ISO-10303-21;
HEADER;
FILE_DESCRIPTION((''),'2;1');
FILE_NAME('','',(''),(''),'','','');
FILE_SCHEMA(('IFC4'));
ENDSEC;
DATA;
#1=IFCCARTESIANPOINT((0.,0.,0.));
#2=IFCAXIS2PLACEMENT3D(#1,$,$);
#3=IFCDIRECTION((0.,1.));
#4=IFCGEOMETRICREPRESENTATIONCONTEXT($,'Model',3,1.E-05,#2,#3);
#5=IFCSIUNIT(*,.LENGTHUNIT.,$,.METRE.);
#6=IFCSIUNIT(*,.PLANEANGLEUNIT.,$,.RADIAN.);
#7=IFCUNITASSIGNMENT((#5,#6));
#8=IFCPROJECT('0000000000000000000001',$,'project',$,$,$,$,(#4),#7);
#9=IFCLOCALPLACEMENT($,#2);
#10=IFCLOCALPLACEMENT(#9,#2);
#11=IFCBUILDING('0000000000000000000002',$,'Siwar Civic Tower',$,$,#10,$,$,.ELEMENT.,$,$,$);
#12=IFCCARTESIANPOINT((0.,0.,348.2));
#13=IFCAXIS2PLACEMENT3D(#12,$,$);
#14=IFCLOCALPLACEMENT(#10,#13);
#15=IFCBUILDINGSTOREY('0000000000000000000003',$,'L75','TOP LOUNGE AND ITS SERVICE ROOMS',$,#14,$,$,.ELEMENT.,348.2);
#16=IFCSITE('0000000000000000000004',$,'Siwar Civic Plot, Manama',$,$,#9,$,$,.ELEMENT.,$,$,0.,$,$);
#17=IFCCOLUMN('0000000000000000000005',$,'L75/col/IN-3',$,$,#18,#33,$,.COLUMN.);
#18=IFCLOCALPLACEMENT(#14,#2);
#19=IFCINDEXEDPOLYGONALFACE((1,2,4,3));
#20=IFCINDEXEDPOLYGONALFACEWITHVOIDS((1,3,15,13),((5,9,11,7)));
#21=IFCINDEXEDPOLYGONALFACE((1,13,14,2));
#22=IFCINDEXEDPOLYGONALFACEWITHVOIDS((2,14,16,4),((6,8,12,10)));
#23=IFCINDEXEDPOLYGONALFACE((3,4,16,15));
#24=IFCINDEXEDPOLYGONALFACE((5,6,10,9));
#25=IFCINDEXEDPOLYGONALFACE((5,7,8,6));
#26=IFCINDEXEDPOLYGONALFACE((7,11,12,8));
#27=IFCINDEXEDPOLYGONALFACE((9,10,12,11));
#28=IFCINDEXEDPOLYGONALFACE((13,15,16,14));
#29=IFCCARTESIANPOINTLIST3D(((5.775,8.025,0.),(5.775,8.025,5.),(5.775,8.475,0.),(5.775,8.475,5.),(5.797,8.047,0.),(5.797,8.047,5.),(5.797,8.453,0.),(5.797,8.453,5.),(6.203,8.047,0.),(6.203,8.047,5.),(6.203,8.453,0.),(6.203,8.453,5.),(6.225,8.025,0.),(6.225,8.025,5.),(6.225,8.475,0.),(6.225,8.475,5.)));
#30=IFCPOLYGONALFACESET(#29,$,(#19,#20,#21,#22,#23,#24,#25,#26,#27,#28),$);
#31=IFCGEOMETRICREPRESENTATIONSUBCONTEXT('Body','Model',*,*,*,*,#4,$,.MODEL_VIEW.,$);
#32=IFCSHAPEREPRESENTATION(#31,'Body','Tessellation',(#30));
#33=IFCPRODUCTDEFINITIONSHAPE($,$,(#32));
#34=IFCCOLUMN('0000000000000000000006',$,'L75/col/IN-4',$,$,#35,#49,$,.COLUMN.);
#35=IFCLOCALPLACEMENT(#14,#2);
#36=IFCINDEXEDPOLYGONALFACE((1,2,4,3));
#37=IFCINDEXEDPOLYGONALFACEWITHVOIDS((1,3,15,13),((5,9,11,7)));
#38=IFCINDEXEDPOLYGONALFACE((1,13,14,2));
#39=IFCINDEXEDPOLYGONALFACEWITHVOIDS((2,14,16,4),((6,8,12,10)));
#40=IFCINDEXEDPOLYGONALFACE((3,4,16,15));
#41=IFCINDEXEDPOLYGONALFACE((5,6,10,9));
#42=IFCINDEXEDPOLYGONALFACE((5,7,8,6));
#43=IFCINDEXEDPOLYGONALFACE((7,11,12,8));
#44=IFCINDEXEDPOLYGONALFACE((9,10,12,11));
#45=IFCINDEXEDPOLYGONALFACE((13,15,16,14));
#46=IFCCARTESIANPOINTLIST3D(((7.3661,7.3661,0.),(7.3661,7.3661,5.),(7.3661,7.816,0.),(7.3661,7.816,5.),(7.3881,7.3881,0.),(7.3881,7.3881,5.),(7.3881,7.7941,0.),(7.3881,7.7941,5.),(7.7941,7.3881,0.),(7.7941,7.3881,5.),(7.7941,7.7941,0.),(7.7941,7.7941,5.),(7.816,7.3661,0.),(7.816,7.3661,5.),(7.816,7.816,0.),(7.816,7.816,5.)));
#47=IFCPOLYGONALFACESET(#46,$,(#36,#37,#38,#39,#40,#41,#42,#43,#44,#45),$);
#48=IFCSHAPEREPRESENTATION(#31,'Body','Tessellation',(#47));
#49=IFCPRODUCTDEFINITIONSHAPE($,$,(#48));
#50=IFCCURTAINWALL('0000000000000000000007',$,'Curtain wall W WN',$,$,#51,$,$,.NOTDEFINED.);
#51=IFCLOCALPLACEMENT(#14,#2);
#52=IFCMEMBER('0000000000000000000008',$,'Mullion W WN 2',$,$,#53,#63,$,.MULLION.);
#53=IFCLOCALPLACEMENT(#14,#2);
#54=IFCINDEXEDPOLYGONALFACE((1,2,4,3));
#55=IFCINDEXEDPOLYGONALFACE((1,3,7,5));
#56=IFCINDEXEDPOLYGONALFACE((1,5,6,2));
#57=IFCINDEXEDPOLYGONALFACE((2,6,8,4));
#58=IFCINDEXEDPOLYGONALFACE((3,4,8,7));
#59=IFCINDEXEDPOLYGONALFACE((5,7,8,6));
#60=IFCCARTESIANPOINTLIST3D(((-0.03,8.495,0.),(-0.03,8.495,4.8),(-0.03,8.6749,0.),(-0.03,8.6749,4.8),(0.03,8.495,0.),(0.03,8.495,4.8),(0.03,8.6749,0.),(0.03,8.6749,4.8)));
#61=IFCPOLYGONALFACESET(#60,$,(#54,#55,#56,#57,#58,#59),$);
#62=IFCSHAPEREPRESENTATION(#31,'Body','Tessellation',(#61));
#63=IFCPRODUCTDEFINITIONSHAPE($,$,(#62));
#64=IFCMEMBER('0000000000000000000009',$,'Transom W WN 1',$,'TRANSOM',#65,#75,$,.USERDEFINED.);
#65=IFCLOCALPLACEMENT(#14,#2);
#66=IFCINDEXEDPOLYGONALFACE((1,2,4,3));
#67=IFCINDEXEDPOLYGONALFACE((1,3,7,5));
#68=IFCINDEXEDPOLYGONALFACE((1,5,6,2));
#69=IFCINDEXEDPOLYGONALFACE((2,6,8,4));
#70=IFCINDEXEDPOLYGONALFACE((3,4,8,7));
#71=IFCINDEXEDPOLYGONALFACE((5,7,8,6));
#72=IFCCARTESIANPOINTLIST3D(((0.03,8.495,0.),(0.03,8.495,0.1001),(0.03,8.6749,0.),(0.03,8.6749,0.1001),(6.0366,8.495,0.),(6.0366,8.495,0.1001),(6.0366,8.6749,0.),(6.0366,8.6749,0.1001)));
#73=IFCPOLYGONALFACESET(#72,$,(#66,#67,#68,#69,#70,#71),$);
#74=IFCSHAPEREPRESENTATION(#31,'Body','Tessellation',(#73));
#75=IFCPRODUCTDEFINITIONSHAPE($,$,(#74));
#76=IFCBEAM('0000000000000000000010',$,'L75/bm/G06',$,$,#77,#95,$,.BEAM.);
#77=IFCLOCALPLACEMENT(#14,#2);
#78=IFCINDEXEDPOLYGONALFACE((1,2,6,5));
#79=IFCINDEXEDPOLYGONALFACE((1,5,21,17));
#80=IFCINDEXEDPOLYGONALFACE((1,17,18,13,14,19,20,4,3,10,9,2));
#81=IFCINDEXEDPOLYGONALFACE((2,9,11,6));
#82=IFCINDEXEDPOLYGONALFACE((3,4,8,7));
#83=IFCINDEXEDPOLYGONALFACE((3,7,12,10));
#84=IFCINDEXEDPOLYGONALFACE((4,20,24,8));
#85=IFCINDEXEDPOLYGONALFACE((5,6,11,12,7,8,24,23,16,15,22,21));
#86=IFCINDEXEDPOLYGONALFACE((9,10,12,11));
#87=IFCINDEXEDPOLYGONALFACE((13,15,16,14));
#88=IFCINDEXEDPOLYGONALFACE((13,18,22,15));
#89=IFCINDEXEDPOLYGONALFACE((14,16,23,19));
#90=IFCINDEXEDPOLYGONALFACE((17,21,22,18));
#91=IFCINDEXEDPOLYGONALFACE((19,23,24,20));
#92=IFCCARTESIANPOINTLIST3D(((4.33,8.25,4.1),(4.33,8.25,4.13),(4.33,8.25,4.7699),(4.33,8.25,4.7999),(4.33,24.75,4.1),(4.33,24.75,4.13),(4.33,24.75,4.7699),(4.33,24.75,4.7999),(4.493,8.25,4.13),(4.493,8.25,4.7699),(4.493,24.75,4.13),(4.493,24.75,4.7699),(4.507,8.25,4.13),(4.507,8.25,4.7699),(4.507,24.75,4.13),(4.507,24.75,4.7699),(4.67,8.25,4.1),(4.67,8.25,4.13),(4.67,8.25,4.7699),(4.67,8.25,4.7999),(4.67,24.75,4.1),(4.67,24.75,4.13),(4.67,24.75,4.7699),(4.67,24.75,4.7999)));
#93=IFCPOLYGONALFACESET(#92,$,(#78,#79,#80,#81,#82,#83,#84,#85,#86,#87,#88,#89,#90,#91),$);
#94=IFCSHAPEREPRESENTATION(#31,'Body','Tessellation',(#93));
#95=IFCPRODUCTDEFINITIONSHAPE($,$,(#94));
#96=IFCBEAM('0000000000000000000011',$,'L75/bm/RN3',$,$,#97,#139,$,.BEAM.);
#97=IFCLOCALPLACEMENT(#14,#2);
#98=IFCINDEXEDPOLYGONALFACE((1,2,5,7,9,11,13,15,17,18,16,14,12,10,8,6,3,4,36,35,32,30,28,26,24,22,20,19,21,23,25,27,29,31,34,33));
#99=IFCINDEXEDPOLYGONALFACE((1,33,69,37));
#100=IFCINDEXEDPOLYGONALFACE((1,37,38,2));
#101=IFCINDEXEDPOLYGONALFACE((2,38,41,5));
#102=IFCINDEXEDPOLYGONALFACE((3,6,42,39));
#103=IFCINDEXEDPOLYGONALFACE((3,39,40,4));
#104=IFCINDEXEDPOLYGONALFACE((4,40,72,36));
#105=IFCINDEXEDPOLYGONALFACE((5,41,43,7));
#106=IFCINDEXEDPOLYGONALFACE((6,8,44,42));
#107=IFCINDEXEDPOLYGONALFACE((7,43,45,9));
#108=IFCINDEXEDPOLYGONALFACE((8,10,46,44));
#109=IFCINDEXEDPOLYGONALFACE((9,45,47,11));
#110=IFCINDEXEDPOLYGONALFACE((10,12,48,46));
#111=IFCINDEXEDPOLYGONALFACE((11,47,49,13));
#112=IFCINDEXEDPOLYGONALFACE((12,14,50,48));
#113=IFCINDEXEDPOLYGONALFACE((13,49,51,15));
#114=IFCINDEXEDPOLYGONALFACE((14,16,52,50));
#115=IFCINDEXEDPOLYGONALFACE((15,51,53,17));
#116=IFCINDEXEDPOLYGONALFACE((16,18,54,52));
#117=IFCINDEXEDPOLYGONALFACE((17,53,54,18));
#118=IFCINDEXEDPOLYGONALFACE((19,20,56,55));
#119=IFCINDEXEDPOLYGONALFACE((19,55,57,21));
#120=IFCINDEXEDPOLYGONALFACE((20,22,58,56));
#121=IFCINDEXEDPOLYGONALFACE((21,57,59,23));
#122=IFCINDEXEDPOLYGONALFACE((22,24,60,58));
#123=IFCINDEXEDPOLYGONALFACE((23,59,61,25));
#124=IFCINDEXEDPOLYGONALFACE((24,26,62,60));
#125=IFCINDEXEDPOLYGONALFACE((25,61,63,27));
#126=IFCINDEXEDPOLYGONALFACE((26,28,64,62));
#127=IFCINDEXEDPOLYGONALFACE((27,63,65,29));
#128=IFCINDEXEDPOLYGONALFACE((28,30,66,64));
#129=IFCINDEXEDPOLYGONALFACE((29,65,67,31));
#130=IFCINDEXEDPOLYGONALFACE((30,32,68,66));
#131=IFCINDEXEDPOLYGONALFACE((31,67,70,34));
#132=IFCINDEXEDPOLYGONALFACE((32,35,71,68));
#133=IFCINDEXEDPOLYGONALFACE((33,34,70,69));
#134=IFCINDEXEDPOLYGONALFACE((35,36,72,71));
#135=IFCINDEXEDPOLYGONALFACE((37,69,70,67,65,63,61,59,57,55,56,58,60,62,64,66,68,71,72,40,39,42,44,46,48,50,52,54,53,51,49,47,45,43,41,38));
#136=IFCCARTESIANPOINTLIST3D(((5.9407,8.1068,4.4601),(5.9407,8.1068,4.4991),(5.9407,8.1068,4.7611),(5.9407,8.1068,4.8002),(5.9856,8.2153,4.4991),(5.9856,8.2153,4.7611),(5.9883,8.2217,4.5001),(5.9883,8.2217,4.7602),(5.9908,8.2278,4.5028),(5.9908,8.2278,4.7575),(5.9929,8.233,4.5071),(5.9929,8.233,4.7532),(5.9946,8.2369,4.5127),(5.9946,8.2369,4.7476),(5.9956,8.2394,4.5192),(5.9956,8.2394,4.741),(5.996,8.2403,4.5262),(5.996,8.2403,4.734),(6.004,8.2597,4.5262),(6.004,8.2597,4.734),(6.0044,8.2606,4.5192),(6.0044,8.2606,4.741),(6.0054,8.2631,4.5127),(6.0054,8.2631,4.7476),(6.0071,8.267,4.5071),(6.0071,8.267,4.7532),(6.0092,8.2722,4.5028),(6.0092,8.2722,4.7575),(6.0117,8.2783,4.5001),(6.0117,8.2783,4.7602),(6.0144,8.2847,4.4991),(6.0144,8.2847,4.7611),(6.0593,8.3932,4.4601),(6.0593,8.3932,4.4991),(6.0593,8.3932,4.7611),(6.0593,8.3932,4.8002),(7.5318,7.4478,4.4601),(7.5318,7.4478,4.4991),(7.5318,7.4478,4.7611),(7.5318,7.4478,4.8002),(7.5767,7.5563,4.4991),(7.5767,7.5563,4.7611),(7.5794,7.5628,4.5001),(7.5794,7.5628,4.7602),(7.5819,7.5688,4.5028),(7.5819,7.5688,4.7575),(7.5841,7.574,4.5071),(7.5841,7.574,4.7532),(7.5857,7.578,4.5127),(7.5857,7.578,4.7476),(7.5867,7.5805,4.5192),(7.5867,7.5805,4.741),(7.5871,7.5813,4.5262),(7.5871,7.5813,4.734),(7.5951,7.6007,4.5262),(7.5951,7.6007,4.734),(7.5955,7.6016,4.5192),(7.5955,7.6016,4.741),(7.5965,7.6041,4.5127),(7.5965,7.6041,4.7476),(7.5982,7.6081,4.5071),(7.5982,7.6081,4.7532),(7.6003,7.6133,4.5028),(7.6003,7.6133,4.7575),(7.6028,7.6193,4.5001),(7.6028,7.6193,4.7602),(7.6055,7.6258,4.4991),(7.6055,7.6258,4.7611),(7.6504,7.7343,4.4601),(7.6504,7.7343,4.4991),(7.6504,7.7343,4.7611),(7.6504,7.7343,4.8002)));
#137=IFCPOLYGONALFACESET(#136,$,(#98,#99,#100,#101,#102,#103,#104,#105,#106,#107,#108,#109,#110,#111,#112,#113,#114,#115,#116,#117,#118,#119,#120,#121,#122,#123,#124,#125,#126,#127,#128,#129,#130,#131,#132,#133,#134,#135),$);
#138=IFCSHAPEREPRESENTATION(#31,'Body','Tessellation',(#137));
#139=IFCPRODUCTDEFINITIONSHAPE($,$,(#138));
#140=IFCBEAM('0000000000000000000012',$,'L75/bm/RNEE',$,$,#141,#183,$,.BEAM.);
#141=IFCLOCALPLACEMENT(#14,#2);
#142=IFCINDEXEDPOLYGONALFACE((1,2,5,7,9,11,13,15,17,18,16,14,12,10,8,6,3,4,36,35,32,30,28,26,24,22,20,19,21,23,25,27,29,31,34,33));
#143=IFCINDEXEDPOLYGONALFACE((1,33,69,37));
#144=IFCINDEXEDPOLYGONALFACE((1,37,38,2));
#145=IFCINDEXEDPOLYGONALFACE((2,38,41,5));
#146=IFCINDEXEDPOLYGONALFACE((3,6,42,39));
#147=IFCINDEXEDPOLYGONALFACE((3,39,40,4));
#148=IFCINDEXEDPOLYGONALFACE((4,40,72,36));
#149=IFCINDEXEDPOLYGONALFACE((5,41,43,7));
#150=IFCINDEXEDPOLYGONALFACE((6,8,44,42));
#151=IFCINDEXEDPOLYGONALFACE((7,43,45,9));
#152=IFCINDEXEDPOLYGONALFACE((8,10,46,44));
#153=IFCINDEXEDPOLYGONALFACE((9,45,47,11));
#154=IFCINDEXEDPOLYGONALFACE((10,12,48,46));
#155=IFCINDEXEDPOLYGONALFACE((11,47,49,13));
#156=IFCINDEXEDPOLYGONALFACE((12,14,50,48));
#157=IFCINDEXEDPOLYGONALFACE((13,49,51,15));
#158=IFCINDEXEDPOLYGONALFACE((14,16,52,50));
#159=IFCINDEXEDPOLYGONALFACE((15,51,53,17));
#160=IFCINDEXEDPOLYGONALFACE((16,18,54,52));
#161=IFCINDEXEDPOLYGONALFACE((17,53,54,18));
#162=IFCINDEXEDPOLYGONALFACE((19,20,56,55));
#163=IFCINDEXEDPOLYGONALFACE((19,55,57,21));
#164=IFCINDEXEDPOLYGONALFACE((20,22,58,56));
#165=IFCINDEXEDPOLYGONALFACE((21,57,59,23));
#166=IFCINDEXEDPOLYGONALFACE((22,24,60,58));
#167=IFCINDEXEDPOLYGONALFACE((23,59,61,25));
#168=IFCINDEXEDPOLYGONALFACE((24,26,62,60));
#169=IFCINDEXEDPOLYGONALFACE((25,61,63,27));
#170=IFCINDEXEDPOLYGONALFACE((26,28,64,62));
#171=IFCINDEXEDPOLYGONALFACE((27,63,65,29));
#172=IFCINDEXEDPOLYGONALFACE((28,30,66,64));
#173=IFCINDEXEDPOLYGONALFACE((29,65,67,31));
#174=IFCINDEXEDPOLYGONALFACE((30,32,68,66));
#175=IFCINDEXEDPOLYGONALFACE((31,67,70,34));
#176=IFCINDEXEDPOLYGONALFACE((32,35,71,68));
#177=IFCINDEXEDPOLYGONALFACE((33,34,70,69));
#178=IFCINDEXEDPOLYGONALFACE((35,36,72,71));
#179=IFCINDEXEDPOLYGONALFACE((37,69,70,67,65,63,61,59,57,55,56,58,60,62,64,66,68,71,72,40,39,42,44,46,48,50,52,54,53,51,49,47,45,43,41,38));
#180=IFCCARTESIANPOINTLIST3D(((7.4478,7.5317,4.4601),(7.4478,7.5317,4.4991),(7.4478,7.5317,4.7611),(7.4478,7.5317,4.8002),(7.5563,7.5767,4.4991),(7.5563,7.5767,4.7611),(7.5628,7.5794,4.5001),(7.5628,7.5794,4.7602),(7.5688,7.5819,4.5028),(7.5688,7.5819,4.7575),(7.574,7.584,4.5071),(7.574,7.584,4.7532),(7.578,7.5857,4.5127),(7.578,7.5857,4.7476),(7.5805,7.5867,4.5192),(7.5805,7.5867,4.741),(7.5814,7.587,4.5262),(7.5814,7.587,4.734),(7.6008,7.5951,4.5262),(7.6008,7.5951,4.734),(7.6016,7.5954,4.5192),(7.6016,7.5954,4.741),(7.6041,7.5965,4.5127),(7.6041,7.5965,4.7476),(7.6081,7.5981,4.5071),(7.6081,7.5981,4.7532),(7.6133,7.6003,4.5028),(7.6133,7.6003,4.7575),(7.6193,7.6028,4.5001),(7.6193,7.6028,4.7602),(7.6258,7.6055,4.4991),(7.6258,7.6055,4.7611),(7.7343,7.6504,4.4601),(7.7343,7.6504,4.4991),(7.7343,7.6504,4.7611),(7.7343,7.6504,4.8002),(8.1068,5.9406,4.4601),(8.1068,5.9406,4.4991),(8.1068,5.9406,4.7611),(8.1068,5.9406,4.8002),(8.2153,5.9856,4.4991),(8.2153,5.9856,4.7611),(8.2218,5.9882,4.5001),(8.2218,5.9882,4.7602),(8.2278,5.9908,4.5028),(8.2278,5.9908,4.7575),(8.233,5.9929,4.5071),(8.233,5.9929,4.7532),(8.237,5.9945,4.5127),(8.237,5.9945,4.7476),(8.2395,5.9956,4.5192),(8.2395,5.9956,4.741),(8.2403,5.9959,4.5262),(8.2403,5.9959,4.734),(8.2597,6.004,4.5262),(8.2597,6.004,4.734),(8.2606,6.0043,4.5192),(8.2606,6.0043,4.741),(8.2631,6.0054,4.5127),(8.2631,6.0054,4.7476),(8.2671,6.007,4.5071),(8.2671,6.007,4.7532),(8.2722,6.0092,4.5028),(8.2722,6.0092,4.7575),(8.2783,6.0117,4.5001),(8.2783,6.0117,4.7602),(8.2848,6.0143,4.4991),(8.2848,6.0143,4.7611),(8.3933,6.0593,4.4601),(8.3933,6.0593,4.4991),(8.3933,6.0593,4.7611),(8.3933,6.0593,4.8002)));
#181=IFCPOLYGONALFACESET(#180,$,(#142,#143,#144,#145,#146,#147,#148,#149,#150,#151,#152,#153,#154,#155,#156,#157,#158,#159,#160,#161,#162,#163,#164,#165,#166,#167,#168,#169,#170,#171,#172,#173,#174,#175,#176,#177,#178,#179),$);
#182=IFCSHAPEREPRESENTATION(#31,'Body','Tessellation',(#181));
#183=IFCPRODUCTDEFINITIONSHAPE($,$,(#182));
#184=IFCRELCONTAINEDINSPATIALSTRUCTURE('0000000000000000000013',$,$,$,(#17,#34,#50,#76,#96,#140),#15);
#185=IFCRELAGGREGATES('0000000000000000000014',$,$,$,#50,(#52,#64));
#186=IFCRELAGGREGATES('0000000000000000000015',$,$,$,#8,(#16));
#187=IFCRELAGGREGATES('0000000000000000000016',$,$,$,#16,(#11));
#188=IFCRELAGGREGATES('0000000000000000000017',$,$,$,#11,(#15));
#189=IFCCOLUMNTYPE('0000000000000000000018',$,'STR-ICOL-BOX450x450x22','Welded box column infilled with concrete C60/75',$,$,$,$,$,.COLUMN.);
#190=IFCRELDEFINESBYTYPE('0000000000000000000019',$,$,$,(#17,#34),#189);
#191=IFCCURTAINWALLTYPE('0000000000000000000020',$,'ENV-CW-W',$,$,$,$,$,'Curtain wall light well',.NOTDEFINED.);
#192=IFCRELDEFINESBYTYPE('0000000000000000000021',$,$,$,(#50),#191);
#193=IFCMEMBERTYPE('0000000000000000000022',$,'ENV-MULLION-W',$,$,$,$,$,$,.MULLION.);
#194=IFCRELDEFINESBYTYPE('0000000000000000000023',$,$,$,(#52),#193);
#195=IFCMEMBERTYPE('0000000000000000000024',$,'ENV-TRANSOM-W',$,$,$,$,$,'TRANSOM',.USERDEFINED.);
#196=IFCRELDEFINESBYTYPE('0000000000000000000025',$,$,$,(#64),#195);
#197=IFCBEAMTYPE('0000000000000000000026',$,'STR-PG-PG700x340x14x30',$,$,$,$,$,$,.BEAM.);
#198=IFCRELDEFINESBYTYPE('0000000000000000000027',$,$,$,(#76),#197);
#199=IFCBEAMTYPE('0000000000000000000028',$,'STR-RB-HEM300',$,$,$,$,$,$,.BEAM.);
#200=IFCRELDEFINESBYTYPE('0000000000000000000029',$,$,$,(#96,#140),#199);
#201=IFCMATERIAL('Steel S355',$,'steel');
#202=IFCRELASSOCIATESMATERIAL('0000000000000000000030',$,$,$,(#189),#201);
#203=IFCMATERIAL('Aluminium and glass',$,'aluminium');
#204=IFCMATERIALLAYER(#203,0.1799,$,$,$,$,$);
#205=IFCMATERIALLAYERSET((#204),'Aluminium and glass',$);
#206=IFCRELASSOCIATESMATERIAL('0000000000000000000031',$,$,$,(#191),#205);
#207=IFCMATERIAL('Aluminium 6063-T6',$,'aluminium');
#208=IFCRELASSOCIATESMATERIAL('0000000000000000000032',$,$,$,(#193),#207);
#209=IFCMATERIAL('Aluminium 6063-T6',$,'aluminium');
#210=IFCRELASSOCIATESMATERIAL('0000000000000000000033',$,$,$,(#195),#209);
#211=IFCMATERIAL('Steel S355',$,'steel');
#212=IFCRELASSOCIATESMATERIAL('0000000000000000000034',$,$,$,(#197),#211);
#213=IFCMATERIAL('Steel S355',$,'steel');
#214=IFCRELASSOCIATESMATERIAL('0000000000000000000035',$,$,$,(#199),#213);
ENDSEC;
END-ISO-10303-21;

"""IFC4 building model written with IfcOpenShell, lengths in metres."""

from ifc_helpers import new_model, si_unit, direction, frame, origin, origin_2d, place, context, subcontext, project, spatial, rectangle, hollow_rectangle, i_section, extrude, material, layer, layer_set, material_profile, profile_set, type_object, element, aggregate, save


model = new_model("IFC4")

# Units and contexts
model_context = context("Model", 3, precision=1e-05, world=origin(), true_north=direction((0.0, 1.0)))
body_context = subcontext(model_context, "Body", "Model", "MODEL_VIEW")
ifc_project = project(units=[si_unit("LENGTHUNIT", "METRE"), si_unit("PLANEANGLEUNIT", "RADIAN")], contexts=[model_context])

# Site, building, storey
site_placement = place(None, origin())
site = spatial("IfcSite", under=ifc_project, at=site_placement, Name="Siwar Civic Plot, Manama", CompositionType="ELEMENT", RefElevation=0.0)
building_placement = place(site_placement, origin())
building = spatial("IfcBuilding", under=site, at=building_placement, Name="Siwar Civic Tower", CompositionType="ELEMENT")
storey_placement = place(building_placement, frame((0.0, 0.0, 348.2)))
storey = spatial("IfcBuildingStorey", under=building, at=storey_placement, Name="L75", Description="TOP LOUNGE AND ITS SERVICE ROOMS", CompositionType="ELEMENT", Elevation=348.2)

# Columns
ifc_material_1 = material(Name="Steel S355", Category="steel")
ifc_material_profile_1 = material_profile(ifc_material_1, hollow_rectangle(XDim=0.45, YDim=0.45, WallThickness=0.022, at=origin_2d()), Name="BOX450x450x22")
ifc_profile_set_1 = profile_set([ifc_material_profile_1], Name="Steel S355")
column_type = type_object("IfcColumnType", Name="STR-ICOL-BOX450x450x22", Description="Welded box column infilled with concrete C60/75", PredefinedType="COLUMN", material=ifc_profile_set_1)
for number, where, z_axis, x_axis, name in (
    (1, (6.0, 8.25, 0.0), (0.0, 0.0, 1.0), (1.0, 0.0, 0.0), "L75/col/IN-3"),
    (2, (7.5911, 7.5911, 0.0), (0.0, 0.0, 1.0), (1.0, 0.0, 0.0), "L75/col/IN-4"),
):
    element("IfcColumn", number, at=place(storey_placement, frame(where, z_axis=z_axis, x_axis=x_axis)), inside=storey, type_object=column_type, Name=name, PredefinedType="COLUMN", context=body_context, shape_type="SweptSolid", body=[
        extrude(hollow_rectangle(XDim=0.45, YDim=0.45, WallThickness=0.022, at=origin_2d()), origin(), (0.0, 0.0, 1.0), 5.0),
    ])

# Curtain wall, members
ifc_material_2 = material(Name="Aluminium and glass", Category="aluminium")
ifc_layer_1 = layer(ifc_material_2, 0.1799)
ifc_layer_set_1 = layer_set([ifc_layer_1], Name="Aluminium and glass")
curtain_wall_type = type_object("IfcCurtainWallType", Name="ENV-CW-W", ElementType="Curtain wall light well", PredefinedType="NOTDEFINED", material=ifc_layer_set_1)
curtain_wall_placement = place(storey_placement, origin())
curtain_wall = element("IfcCurtainWall", 3, at=curtain_wall_placement, inside=storey, type_object=curtain_wall_type, Name="Curtain wall W WN", PredefinedType="NOTDEFINED")
ifc_material_3 = material(Name="Aluminium 6063-T6", Category="aluminium")
ifc_material_profile_2 = material_profile(ifc_material_3, rectangle(XDim=0.1799, YDim=0.0601, at=origin_2d()), Name="AL 180x60")
ifc_profile_set_2 = profile_set([ifc_material_profile_2], Name="Aluminium 6063-T6")
member_type_1 = type_object("IfcMemberType", Name="ENV-MULLION-W", PredefinedType="MULLION", material=ifc_profile_set_2)
member_1_placement = place(storey_placement, frame((0.0, 8.585, 0.0), z_axis=(0.0, 0.0, 1.0), x_axis=(0.0, -1.0, 0.0)))
member_1 = element("IfcMember", 4, at=member_1_placement, type_object=member_type_1, Name="Mullion W WN 2", PredefinedType="MULLION", context=body_context, shape_type="SweptSolid", body=[
    extrude(rectangle(XDim=0.1799, YDim=0.0601, at=origin_2d()), origin(), (0.0, 0.0, 1.0), 4.8),
])
ifc_material_4 = material(Name="Aluminium 6063-T6", Category="aluminium")
ifc_material_profile_3 = material_profile(ifc_material_4, rectangle(XDim=0.1799, YDim=0.1001, at=origin_2d()), Name="AL 180x100")
ifc_profile_set_3 = profile_set([ifc_material_profile_3], Name="Aluminium 6063-T6")
member_type_2 = type_object("IfcMemberType", Name="ENV-TRANSOM-W", ElementType="TRANSOM", PredefinedType="USERDEFINED", material=ifc_profile_set_3)
member_2_placement = place(storey_placement, frame((6.0366, 8.585, 0.05), z_axis=(-1.0, 0.0, 0.0), x_axis=(0.0, -1.0, 0.0)))
member_2 = element("IfcMember", 5, at=member_2_placement, type_object=member_type_2, Name="Transom W WN 1", ObjectType="TRANSOM", PredefinedType="USERDEFINED", context=body_context, shape_type="SweptSolid", body=[
    extrude(rectangle(XDim=0.1799, YDim=0.1001, at=origin_2d()), origin(), (0.0, 0.0, 1.0), 6.0066),
])

# Beams
ifc_material_5 = material(Name="Steel S355", Category="steel")
ifc_material_profile_4 = material_profile(ifc_material_5, i_section(OverallWidth=0.3401, OverallDepth=0.7, WebThickness=0.0139, FlangeThickness=0.03, at=origin_2d()), Name="PG700x340x14x30")
ifc_profile_set_4 = profile_set([ifc_material_profile_4], Name="Steel S355")
beam_type_1 = type_object("IfcBeamType", Name="STR-PG-PG700x340x14x30", PredefinedType="BEAM", material=ifc_profile_set_4)
beam_placement = place(storey_placement, frame((4.5, 8.25, 4.45), z_axis=(0.0, 1.0, 0.0), x_axis=(-1.0, 0.0, 0.0)))
element("IfcBeam", 6, at=beam_placement, inside=storey, type_object=beam_type_1, Name="L75/bm/G06", PredefinedType="BEAM", context=body_context, shape_type="SweptSolid", body=[
    extrude(i_section(OverallWidth=0.3401, OverallDepth=0.7, WebThickness=0.0139, FlangeThickness=0.03, at=origin_2d()), origin(), (0.0, 0.0, 1.0), 16.5),
])
ifc_material_6 = material(Name="Steel S355", Category="steel")
ifc_material_profile_5 = material_profile(ifc_material_6, i_section(OverallWidth=0.3101, OverallDepth=0.3401, WebThickness=0.021, FlangeThickness=0.0391, FilletRadius=0.0271, at=origin_2d()), Name="HEM300")
ifc_profile_set_5 = profile_set([ifc_material_profile_5], Name="Steel S355")
beam_type_2 = type_object("IfcBeamType", Name="STR-RB-HEM300", PredefinedType="BEAM", material=ifc_profile_set_5)
for number, where, z_axis, x_axis, name in (
    (7, (6.0, 8.25, 4.6301), (0.923901, -0.382631, 0.0), (0.382631, 0.923901, 0.0), "L75/bm/RN3"),
    (8, (7.5911, 7.5911, 4.6301), (0.382631, -0.923901, 0.0), (0.923901, 0.382631, 0.0), "L75/bm/RNEE"),
):
    element("IfcBeam", number, at=place(storey_placement, frame(where, z_axis=z_axis, x_axis=x_axis)), inside=storey, type_object=beam_type_2, Name=name, PredefinedType="BEAM", context=body_context, shape_type="SweptSolid", body=[
        extrude(i_section(OverallWidth=0.3101, OverallDepth=0.3401, WebThickness=0.021, FlangeThickness=0.0391, FilletRadius=0.0271, at=origin_2d()), origin(), (0.0, 0.0, 1.0), 1.7222),
    ])

aggregate(curtain_wall, [member_1, member_2])

save(model, "model.ifc")
